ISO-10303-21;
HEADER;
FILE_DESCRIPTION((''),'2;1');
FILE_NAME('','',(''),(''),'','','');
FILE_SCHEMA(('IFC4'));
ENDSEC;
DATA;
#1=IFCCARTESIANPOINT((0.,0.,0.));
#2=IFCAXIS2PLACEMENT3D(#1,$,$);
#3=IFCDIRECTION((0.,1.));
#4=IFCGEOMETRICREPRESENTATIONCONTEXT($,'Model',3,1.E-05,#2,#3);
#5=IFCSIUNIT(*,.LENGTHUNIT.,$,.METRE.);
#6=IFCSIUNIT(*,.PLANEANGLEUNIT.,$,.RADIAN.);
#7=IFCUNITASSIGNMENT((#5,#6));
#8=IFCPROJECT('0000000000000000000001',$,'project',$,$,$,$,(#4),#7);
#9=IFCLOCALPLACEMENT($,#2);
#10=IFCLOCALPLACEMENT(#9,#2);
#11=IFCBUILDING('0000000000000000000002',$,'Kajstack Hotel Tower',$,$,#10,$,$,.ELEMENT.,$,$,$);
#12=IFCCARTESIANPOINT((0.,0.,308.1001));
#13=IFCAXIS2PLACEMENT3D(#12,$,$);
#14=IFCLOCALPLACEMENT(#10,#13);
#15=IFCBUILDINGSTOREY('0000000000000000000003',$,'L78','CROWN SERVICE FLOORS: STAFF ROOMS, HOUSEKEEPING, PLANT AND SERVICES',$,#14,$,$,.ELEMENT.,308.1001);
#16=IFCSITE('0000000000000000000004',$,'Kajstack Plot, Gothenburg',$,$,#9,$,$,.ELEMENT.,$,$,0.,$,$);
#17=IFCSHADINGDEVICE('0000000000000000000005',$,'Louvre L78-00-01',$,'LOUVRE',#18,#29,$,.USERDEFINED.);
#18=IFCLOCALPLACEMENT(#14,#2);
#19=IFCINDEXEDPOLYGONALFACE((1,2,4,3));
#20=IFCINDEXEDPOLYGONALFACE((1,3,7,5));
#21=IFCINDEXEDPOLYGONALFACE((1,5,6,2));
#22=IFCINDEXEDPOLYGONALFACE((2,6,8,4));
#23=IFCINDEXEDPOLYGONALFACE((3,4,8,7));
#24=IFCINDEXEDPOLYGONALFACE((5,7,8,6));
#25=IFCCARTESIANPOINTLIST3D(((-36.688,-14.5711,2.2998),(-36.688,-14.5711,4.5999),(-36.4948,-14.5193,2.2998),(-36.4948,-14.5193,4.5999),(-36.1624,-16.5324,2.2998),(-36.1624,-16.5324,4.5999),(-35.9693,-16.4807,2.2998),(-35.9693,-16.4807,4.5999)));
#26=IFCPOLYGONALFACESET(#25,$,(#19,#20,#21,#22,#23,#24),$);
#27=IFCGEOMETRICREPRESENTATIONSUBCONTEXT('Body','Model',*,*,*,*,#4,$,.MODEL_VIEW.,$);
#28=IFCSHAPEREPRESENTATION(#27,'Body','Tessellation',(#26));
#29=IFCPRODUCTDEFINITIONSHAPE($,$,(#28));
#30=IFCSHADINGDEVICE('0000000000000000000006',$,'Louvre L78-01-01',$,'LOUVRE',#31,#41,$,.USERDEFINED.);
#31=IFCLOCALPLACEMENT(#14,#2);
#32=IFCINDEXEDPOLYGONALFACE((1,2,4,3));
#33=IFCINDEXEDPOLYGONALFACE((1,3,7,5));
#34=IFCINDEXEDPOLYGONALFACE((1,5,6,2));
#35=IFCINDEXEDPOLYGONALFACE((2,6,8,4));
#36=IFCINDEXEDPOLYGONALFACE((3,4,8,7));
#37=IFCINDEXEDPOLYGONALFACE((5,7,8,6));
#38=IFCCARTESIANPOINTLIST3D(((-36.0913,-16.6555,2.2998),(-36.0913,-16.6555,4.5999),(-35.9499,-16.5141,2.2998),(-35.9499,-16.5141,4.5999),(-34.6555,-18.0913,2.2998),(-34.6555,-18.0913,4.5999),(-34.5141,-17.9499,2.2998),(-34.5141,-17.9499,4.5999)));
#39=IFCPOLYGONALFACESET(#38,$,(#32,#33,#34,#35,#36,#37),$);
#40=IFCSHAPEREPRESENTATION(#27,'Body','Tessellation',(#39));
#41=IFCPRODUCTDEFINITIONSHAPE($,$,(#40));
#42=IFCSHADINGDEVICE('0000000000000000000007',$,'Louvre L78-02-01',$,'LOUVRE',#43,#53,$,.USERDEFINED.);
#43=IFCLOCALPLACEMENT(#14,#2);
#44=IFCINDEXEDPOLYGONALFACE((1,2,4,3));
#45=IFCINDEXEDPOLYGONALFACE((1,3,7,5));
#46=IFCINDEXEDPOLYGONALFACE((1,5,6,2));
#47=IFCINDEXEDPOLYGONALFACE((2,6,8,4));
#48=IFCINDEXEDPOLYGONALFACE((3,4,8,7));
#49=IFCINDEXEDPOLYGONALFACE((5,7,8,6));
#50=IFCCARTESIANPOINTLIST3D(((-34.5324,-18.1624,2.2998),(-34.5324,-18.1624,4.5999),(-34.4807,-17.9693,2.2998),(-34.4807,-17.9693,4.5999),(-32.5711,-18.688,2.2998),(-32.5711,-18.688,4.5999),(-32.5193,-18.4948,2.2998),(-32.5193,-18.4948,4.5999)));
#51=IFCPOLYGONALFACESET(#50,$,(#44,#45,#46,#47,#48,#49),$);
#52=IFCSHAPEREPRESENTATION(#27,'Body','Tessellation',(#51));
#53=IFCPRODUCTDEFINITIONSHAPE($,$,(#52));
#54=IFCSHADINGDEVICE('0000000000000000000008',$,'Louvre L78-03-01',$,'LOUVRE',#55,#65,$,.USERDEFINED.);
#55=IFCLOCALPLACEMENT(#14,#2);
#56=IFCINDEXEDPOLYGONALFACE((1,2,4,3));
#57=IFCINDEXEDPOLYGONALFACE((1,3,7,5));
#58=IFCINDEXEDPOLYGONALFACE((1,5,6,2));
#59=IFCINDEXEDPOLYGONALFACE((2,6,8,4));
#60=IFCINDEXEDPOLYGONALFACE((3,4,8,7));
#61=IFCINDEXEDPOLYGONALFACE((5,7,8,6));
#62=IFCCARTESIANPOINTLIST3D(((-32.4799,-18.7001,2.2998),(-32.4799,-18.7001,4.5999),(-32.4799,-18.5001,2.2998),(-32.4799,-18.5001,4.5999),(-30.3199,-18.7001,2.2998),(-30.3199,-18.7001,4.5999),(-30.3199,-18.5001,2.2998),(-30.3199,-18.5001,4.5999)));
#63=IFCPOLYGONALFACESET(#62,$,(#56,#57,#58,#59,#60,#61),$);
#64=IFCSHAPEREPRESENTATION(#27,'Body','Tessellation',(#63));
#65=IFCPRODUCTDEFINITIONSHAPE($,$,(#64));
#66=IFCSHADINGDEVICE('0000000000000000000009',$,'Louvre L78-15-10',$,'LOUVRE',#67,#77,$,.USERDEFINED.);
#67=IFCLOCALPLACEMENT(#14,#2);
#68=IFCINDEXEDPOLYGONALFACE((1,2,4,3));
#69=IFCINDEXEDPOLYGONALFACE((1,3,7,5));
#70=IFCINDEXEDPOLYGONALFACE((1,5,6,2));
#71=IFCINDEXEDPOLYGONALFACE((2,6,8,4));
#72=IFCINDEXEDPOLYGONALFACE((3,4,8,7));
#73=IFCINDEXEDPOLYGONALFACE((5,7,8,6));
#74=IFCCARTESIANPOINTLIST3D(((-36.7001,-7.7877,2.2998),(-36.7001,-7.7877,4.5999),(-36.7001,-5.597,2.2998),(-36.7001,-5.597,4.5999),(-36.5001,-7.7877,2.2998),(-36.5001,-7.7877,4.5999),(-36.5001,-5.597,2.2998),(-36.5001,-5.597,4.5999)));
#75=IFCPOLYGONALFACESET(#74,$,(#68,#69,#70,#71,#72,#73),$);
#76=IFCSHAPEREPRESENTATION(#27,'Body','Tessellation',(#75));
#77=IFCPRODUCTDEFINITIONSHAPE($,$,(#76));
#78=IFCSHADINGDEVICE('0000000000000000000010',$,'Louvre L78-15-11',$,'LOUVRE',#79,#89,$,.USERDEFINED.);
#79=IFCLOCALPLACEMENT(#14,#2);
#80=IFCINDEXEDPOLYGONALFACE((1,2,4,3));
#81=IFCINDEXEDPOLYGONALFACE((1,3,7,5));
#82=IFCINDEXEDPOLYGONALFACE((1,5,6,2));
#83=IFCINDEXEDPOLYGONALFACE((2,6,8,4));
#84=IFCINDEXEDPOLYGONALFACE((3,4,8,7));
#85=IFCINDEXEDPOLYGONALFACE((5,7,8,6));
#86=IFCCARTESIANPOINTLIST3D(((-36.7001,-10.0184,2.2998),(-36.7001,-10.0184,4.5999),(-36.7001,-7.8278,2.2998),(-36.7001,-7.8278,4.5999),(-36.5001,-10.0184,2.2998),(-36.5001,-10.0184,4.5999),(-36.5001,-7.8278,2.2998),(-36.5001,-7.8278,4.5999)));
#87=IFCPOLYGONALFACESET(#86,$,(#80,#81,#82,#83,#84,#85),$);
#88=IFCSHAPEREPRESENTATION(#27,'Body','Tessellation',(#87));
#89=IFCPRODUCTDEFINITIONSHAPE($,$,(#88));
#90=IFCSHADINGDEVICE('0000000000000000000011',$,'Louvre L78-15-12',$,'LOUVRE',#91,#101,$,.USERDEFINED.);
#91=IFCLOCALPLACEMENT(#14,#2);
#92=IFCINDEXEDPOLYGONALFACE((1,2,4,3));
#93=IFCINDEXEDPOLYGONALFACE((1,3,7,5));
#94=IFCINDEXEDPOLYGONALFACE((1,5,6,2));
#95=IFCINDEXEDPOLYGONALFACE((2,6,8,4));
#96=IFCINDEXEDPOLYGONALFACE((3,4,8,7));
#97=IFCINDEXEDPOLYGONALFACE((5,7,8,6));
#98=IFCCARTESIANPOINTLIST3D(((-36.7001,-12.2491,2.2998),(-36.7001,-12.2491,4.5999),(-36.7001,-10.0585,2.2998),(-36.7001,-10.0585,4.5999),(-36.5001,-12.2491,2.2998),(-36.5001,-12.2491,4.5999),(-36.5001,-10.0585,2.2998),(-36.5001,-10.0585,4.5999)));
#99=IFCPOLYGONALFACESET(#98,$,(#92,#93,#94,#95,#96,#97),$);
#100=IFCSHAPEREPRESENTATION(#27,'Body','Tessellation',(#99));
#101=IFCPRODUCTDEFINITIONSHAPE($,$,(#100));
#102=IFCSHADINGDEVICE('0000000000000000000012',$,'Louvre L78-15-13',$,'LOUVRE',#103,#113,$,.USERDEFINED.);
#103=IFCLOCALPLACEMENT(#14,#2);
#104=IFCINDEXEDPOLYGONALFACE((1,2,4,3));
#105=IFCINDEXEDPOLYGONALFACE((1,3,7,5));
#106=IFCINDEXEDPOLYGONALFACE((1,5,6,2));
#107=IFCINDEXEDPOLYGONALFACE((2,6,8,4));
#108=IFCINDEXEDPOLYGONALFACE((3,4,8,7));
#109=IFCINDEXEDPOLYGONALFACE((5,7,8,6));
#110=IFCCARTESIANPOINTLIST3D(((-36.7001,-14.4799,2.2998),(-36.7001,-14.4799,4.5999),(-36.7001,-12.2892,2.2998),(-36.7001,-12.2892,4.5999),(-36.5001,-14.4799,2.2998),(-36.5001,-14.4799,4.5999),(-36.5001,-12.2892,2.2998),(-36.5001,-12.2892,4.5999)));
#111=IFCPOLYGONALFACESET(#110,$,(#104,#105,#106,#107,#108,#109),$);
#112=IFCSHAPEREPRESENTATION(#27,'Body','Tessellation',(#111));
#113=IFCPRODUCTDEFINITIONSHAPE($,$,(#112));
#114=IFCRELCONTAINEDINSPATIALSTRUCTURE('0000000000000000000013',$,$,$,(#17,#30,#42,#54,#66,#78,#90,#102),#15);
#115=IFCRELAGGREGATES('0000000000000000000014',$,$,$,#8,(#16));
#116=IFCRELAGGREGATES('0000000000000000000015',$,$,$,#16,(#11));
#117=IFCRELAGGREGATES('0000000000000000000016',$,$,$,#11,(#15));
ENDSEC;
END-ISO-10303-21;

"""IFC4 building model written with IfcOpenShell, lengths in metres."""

from ifc_helpers import new_model, si_unit, direction, frame, origin, origin_2d, place, context, subcontext, project, spatial, rectangle, extrude, element, save


model = new_model("IFC4")

# Units and contexts
model_context = context("Model", 3, precision=1e-05, world=origin(), true_north=direction((0.0, 1.0)))
body_context = subcontext(model_context, "Body", "Model", "MODEL_VIEW")
ifc_project = project(units=[si_unit("LENGTHUNIT", "METRE"), si_unit("PLANEANGLEUNIT", "RADIAN")], contexts=[model_context])

# Site, building, storey
site_placement = place(None, origin())
site = spatial("IfcSite", under=ifc_project, at=site_placement, Name="Kajstack Plot, Gothenburg", CompositionType="ELEMENT", RefElevation=0.0)
building_placement = place(site_placement, origin())
building = spatial("IfcBuilding", under=site, at=building_placement, Name="Kajstack Hotel Tower", CompositionType="ELEMENT")
storey_placement = place(building_placement, frame((0.0, 0.0, 308.1001)))
storey = spatial("IfcBuildingStorey", under=building, at=storey_placement, Name="L78", Description="CROWN SERVICE FLOORS: STAFF ROOMS, HOUSEKEEPING, PLANT AND SERVICES", CompositionType="ELEMENT", Elevation=308.1001)

# Shading devices
for number, where, z_axis, x_axis, name in (
    (1, (-36.3286, -15.5259, 2.2998), (0.0, 0.0, 1.0), (0.25882, -0.965926, 0.0), "Louvre L78-00-01"),
    (2, (-35.3027, -17.3027, 2.2998), (0.0, 0.0, 1.0), (0.707107, -0.707107, 0.0), "Louvre L78-01-01"),
    (3, (-33.5259, -18.3286, 2.2998), (0.0, 0.0, 1.0), (0.965926, -0.25882, 0.0), "Louvre L78-02-01"),
):
    element("IfcShadingDevice", number, at=place(storey_placement, frame(where, z_axis=z_axis, x_axis=x_axis)), inside=storey, Name=name, ObjectType="LOUVRE", PredefinedType="USERDEFINED", context=body_context, shape_type="SweptSolid", body=[
        extrude(rectangle(XDim=2.0305, YDim=0.2, at=origin_2d()), origin(), (0.0, 0.0, 1.0), 2.3),
    ])
shading_device_placement = place(storey_placement, frame((-31.3999, -18.6001, 2.2998), z_axis=(0.0, 0.0, 1.0), x_axis=(1.0, 0.0, 0.0)))
element("IfcShadingDevice", 4, at=shading_device_placement, inside=storey, Name="Louvre L78-03-01", ObjectType="LOUVRE", PredefinedType="USERDEFINED", context=body_context, shape_type="SweptSolid", body=[
    extrude(rectangle(XDim=2.1599, YDim=0.2, at=origin_2d()), origin(), (0.0, 0.0, 1.0), 2.3),
])
for number, where, z_axis, x_axis, name in (
    (5, (-36.6001, -6.6924, 2.2998), (0.0, 0.0, 1.0), (0.0, -1.0, 0.0), "Louvre L78-15-10"),
    (6, (-36.6001, -8.9231, 2.2998), (0.0, 0.0, 1.0), (0.0, -1.0, 0.0), "Louvre L78-15-11"),
    (7, (-36.6001, -11.1538, 2.2998), (0.0, 0.0, 1.0), (0.0, -1.0, 0.0), "Louvre L78-15-12"),
    (8, (-36.6001, -13.3845, 2.2998), (0.0, 0.0, 1.0), (0.0, -1.0, 0.0), "Louvre L78-15-13"),
):
    element("IfcShadingDevice", number, at=place(storey_placement, frame(where, z_axis=z_axis, x_axis=x_axis)), inside=storey, Name=name, ObjectType="LOUVRE", PredefinedType="USERDEFINED", context=body_context, shape_type="SweptSolid", body=[
        extrude(rectangle(XDim=2.1907, YDim=0.2, at=origin_2d()), origin(), (0.0, 0.0, 1.0), 2.3),
    ])

save(model, "model.ifc")
